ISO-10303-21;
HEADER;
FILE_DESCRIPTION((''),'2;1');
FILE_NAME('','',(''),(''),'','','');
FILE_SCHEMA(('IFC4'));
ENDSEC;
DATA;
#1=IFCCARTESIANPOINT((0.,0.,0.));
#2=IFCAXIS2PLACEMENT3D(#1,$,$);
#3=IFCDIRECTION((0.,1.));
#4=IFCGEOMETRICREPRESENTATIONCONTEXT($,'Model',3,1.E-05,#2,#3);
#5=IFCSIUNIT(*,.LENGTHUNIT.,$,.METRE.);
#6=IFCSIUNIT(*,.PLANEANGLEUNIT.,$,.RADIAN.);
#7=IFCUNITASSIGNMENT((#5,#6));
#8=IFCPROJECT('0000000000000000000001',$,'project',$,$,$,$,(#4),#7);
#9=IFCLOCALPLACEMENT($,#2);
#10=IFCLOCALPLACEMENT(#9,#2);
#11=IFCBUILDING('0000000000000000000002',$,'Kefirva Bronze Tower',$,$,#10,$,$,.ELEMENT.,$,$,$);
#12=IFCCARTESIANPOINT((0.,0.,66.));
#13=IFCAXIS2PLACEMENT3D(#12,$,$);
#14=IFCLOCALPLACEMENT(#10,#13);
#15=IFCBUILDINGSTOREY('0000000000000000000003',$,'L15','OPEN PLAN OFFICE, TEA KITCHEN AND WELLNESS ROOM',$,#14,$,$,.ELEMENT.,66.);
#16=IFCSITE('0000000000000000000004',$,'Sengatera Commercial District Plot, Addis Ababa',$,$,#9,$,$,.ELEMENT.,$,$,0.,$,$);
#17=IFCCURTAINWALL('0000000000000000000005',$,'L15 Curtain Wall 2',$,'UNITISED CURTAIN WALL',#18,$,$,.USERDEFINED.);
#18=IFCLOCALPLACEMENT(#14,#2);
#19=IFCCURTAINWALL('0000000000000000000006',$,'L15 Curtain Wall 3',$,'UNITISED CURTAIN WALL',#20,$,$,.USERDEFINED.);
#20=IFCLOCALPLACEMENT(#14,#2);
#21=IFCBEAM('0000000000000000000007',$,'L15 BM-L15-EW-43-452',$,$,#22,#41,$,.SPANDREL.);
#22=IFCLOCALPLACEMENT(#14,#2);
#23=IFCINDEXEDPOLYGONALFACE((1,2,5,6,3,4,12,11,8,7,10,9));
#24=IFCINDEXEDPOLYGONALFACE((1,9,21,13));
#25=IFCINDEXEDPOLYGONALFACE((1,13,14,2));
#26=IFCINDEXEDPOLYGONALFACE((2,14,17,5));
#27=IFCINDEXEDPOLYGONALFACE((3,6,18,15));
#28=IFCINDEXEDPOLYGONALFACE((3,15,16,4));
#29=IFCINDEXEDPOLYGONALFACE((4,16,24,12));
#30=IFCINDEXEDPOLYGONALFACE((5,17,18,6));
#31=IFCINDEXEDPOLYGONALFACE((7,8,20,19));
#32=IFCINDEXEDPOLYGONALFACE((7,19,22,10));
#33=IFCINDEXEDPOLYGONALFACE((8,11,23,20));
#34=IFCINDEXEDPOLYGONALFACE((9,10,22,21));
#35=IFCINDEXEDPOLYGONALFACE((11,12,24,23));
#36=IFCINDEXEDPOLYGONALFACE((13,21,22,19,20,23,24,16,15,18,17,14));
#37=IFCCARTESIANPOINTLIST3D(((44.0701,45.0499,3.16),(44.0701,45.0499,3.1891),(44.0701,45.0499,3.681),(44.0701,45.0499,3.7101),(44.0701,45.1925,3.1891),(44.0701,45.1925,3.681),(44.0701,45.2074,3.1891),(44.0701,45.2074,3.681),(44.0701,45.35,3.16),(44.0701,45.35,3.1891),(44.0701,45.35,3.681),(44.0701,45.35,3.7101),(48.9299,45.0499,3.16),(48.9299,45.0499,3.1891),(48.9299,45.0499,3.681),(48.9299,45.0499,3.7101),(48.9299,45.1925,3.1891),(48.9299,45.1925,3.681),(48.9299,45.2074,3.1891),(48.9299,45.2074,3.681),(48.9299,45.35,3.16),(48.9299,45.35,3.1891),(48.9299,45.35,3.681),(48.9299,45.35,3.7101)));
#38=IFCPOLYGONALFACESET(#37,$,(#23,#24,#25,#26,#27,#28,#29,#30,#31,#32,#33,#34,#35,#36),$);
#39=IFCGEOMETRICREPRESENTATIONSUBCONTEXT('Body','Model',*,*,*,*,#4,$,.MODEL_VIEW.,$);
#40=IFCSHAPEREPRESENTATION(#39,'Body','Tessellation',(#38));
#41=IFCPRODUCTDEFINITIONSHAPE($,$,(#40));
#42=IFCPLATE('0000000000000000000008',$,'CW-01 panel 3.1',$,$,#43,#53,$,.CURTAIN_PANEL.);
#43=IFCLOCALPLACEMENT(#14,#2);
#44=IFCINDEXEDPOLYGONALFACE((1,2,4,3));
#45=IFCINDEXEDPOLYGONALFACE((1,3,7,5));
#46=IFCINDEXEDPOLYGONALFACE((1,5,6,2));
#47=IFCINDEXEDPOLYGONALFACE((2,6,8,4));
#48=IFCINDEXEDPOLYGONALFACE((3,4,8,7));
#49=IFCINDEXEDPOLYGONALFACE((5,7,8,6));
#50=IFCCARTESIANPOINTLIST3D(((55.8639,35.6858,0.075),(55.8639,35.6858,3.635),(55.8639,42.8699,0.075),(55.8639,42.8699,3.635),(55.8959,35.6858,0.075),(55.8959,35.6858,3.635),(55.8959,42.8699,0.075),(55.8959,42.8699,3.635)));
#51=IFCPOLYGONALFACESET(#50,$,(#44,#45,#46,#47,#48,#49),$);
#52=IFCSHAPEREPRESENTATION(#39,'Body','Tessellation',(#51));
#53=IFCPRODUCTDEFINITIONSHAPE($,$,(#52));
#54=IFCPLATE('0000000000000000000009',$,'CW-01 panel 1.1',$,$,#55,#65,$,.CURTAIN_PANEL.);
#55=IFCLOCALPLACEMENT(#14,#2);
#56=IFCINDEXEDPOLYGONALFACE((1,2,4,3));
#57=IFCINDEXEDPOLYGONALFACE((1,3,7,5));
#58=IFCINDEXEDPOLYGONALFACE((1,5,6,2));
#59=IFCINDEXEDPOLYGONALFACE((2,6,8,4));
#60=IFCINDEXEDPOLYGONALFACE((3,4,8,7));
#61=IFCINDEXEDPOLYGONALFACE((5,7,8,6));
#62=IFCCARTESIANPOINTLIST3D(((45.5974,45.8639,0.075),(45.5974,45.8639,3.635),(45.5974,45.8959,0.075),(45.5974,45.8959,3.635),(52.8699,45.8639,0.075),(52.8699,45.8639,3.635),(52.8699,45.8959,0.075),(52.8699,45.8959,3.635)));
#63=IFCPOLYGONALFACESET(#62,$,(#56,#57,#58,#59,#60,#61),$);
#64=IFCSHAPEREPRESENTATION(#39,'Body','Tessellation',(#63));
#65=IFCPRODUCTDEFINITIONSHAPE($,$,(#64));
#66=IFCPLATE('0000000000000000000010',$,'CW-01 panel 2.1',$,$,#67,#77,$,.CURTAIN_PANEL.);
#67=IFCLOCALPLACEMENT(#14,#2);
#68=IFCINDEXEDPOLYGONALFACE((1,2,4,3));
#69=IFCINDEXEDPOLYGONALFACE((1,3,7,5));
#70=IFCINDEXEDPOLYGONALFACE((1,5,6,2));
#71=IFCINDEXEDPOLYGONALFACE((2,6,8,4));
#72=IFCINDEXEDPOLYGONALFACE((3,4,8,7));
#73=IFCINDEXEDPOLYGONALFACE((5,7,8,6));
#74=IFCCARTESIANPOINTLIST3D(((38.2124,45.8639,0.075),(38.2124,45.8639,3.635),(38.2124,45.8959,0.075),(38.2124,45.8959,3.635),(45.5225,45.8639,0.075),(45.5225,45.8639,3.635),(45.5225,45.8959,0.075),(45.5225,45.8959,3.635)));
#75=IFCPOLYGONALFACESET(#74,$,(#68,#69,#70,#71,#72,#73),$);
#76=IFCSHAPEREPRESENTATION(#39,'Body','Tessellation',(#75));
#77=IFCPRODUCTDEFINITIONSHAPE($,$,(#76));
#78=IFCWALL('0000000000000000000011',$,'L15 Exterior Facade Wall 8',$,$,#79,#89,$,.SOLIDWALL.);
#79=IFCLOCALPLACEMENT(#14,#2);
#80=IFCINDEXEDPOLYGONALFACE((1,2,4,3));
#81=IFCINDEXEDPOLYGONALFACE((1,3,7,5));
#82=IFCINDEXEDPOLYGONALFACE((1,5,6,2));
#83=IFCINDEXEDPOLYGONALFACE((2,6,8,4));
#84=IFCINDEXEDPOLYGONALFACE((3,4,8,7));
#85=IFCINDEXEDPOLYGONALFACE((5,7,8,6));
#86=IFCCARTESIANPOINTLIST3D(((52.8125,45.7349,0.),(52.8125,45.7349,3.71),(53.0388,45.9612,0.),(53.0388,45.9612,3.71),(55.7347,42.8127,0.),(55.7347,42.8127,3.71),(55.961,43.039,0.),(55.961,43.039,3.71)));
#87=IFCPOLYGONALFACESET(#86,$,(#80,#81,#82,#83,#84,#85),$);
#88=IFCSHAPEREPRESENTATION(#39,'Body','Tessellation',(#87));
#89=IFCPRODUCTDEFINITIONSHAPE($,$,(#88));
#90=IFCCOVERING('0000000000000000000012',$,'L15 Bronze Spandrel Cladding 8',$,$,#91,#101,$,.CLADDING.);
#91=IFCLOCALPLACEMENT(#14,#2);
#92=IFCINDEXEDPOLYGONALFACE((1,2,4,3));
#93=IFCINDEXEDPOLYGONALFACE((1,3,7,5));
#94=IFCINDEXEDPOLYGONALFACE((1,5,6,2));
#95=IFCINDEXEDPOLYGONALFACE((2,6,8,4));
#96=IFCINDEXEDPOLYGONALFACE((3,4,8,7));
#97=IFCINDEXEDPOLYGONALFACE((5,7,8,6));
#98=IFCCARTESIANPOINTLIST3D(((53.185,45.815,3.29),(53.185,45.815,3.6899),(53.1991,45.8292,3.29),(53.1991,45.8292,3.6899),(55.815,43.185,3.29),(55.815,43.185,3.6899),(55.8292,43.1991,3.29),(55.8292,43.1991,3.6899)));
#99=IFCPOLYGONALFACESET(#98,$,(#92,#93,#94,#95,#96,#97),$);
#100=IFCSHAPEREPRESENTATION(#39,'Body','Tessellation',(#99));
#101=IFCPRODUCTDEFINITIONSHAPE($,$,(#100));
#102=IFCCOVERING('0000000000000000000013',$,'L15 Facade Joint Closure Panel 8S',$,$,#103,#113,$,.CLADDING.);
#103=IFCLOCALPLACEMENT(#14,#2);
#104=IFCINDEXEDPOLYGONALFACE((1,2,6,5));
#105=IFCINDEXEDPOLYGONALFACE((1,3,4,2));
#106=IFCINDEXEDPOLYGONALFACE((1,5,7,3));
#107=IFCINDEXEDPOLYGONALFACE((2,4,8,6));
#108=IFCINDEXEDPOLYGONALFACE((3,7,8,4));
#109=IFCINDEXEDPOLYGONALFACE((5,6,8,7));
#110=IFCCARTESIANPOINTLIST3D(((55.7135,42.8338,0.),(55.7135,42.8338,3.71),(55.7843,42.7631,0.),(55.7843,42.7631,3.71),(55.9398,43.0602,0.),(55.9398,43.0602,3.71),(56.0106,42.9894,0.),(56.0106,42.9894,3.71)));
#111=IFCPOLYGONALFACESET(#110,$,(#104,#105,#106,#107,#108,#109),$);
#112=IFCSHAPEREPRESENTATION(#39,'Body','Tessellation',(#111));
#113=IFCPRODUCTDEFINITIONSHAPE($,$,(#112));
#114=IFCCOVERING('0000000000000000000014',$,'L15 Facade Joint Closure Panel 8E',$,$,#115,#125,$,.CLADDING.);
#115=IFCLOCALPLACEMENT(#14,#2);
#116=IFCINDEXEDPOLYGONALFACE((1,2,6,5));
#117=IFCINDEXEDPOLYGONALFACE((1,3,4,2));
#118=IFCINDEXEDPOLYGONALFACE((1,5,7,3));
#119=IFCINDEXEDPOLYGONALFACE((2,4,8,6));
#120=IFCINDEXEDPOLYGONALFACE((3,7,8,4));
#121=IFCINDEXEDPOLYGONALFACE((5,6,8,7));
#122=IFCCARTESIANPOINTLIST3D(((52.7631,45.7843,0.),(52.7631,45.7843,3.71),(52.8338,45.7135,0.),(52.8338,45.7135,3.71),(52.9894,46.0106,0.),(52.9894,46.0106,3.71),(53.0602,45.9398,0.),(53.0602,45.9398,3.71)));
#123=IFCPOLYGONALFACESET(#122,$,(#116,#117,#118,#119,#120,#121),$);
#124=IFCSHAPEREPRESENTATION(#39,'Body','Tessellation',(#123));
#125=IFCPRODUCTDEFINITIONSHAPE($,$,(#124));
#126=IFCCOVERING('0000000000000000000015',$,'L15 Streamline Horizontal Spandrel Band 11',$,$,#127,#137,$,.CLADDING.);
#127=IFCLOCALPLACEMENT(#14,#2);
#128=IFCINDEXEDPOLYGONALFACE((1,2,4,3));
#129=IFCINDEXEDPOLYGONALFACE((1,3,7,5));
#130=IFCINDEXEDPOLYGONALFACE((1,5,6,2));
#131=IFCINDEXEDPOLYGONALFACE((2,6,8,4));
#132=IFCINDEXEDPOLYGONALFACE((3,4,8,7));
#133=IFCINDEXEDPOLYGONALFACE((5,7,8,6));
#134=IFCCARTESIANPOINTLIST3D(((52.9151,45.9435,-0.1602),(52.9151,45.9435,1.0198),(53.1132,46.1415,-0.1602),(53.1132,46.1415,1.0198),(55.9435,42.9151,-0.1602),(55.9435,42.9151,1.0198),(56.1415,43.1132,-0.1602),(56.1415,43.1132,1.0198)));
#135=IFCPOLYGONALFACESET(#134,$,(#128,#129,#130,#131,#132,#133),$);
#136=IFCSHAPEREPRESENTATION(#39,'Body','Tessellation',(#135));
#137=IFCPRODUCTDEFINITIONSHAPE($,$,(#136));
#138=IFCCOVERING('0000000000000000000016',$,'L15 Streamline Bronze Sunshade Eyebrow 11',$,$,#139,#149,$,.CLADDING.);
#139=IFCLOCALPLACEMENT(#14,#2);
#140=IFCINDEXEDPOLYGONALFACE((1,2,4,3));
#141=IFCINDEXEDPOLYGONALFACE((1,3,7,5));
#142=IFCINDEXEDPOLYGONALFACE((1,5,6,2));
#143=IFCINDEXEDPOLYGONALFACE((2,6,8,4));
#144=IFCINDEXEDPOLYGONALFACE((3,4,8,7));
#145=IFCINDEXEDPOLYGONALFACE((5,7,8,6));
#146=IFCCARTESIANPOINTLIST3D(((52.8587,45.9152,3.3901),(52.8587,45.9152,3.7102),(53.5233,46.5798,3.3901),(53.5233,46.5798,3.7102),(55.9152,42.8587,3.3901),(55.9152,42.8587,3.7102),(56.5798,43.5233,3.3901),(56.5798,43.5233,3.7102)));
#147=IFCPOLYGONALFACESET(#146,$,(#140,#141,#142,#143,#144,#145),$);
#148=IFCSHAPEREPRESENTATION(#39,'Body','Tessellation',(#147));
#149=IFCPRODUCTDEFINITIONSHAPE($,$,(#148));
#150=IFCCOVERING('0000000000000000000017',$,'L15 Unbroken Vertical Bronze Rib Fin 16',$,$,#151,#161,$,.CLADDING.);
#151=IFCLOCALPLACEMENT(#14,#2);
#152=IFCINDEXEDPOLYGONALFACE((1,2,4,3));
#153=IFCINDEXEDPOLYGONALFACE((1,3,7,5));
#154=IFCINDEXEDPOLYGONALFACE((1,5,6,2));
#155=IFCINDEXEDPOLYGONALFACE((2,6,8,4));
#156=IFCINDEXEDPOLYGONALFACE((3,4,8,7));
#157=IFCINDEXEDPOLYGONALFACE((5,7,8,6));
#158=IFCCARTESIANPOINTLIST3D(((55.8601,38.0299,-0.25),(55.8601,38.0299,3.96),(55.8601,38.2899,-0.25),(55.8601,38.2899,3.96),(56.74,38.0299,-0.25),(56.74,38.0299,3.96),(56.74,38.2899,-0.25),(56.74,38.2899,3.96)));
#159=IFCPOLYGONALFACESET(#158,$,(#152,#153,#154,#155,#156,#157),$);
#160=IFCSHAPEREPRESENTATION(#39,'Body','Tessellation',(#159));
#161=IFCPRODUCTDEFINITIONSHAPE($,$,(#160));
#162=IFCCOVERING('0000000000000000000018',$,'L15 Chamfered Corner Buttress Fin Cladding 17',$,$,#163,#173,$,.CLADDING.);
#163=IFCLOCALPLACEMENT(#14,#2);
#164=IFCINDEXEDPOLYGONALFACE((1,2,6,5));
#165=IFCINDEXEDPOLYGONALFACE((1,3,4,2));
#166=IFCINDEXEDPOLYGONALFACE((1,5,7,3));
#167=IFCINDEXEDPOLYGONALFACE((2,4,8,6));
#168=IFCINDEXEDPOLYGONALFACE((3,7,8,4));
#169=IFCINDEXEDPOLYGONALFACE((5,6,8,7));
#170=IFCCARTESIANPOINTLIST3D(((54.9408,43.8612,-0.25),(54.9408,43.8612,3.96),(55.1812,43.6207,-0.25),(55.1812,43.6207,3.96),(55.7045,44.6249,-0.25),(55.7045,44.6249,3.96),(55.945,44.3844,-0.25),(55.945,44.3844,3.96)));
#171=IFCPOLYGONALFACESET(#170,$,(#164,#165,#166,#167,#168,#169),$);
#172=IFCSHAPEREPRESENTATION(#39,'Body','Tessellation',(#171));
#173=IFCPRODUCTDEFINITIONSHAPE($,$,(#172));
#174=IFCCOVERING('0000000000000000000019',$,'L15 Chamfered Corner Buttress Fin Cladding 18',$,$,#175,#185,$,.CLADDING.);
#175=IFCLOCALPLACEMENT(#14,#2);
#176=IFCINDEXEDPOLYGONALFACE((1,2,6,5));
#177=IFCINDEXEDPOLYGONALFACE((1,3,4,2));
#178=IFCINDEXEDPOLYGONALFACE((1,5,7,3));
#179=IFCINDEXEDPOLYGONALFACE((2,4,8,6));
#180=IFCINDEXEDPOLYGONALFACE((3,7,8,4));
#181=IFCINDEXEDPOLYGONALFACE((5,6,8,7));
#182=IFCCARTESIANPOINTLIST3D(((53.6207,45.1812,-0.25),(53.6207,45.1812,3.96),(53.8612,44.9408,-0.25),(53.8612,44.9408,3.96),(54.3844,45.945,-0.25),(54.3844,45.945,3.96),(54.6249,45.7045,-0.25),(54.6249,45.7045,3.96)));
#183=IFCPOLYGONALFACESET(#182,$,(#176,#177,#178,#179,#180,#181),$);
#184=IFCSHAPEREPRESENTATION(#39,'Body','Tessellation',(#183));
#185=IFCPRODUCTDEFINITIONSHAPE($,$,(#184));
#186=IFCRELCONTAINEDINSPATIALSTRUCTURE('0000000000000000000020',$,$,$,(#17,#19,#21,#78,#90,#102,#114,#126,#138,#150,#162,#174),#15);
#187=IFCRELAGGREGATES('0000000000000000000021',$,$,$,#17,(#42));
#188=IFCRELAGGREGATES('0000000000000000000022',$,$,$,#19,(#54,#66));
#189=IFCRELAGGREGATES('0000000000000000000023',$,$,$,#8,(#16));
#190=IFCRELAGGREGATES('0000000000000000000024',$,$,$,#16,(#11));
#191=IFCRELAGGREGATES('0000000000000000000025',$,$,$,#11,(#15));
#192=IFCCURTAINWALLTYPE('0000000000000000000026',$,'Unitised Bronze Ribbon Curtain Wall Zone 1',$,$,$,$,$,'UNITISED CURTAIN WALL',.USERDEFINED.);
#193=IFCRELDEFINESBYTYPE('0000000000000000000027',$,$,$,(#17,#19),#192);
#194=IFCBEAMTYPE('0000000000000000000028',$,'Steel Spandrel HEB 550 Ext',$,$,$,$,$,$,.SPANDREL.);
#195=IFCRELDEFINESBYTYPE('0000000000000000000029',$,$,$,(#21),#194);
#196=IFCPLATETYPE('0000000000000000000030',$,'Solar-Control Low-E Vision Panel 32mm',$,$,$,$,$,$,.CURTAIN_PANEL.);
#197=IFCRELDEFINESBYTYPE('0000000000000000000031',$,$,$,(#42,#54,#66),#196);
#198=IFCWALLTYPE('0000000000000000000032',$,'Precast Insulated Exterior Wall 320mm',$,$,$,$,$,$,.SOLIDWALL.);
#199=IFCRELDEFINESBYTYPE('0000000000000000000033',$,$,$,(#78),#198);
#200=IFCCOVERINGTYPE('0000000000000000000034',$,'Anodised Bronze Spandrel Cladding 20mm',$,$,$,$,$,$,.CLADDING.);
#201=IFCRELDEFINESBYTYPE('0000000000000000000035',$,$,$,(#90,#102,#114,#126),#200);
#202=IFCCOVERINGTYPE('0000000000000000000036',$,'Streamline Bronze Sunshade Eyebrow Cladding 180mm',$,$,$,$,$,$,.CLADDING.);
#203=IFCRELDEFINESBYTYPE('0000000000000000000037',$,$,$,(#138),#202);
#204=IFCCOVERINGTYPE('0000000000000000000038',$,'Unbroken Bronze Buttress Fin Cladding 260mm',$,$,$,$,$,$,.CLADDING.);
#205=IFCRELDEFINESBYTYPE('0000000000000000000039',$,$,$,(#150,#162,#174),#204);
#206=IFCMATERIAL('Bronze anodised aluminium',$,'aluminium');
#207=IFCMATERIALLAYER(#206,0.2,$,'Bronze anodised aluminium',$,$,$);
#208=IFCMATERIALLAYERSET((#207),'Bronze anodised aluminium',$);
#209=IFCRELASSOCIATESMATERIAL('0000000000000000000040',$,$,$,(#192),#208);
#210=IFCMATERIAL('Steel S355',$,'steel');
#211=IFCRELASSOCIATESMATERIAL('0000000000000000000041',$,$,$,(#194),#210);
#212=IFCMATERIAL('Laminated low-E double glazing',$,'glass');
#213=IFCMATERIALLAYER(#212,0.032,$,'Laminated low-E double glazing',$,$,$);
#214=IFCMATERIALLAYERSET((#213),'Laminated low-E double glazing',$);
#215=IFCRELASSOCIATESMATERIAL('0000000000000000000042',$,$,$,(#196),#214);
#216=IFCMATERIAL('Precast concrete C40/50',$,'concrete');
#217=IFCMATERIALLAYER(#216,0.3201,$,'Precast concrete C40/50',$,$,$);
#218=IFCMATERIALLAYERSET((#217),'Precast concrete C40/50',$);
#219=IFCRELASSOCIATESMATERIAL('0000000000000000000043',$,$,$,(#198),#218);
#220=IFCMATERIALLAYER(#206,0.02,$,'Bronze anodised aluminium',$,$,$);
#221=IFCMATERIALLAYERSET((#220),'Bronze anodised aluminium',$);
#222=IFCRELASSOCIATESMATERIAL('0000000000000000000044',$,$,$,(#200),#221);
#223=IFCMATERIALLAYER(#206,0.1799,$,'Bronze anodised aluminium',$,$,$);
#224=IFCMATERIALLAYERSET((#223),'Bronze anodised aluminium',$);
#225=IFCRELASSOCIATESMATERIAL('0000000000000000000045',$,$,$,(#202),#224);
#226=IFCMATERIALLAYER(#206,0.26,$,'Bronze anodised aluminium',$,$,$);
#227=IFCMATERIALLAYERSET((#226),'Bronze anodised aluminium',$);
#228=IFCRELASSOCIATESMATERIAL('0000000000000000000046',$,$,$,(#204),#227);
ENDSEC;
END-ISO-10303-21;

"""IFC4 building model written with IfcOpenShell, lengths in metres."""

from ifc_helpers import new_model, si_unit, direction, frame, frame_2d, origin, origin_2d, place, context, subcontext, project, spatial, rectangle, i_section, extrude, material, layer, layer_set, material_profile, profile_set, type_object, element, aggregate, save


model = new_model("IFC4")

# Units and contexts
model_context = context("Model", 3, precision=1e-05, world=origin(), true_north=direction((0.0, 1.0)))
body_context = subcontext(model_context, "Body", "Model", "MODEL_VIEW")
ifc_project = project(units=[si_unit("LENGTHUNIT", "METRE"), si_unit("PLANEANGLEUNIT", "RADIAN")], contexts=[model_context])

# Site, building, storey
site_placement = place(None, origin())
site = spatial("IfcSite", under=ifc_project, at=site_placement, Name="Sengatera Commercial District Plot, Addis Ababa", CompositionType="ELEMENT", RefElevation=0.0)
building_placement = place(site_placement, origin())
building = spatial("IfcBuilding", under=site, at=building_placement, Name="Kefirva Bronze Tower", CompositionType="ELEMENT")
storey_placement = place(building_placement, frame((0.0, 0.0, 66.0)))
storey = spatial("IfcBuildingStorey", under=building, at=storey_placement, Name="L15", Description="OPEN PLAN OFFICE, TEA KITCHEN AND WELLNESS ROOM", CompositionType="ELEMENT", Elevation=66.0)

# Curtain wall
ifc_material_1 = material(Name="Bronze anodised aluminium", Category="aluminium")
ifc_layer_1 = layer(ifc_material_1, 0.2, Name="Bronze anodised aluminium")
ifc_layer_set_1 = layer_set([ifc_layer_1], Name="Bronze anodised aluminium")
curtain_wall_type = type_object("IfcCurtainWallType", Name="Unitised Bronze Ribbon Curtain Wall Zone 1", ElementType="UNITISED CURTAIN WALL", PredefinedType="USERDEFINED", material=ifc_layer_set_1)
curtain_wall_1_placement = place(storey_placement, origin())
curtain_wall_1 = element("IfcCurtainWall", 1, at=curtain_wall_1_placement, inside=storey, type_object=curtain_wall_type, Name="L15 Curtain Wall 2", ObjectType="UNITISED CURTAIN WALL", PredefinedType="USERDEFINED")

# Curtain wall
curtain_wall_2_placement = place(storey_placement, origin())
curtain_wall_2 = element("IfcCurtainWall", 2, at=curtain_wall_2_placement, inside=storey, type_object=curtain_wall_type, Name="L15 Curtain Wall 3", ObjectType="UNITISED CURTAIN WALL", PredefinedType="USERDEFINED")

# Beam
ifc_material_2 = material(Name="Steel S355", Category="steel")
ifc_material_profile_1 = material_profile(ifc_material_2, i_section(OverallWidth=0.3, OverallDepth=0.55, WebThickness=0.0149, FlangeThickness=0.0291, at=origin_2d()), Name="HEB 550")
ifc_profile_set_1 = profile_set([ifc_material_profile_1], Name="Steel S355")
beam_type_1 = type_object("IfcBeamType", Name="Steel Spandrel HEB 550 Ext", PredefinedType="SPANDREL", material=ifc_profile_set_1)
beam_1_placement = place(storey_placement, frame((44.0701, 45.2, 3.4351), z_axis=(1.0, 0.0, 0.0), x_axis=(0.0, 1.0, 0.0)))
element("IfcBeam", 3, at=beam_1_placement, inside=storey, type_object=beam_type_1, Name="L15 BM-L15-EW-43-452", PredefinedType="SPANDREL", context=body_context, shape_type="SweptSolid", body=[
    extrude(i_section(OverallWidth=0.3, OverallDepth=0.55, WebThickness=0.0149, FlangeThickness=0.0291, at=origin_2d()), origin(), (0.0, 0.0, 1.0), 4.8599),
])

# Plates
ifc_material_3 = material(Name="Laminated low-E double glazing", Category="glass")
ifc_layer_2 = layer(ifc_material_3, 0.032, Name="Laminated low-E double glazing")
ifc_layer_set_2 = layer_set([ifc_layer_2], Name="Laminated low-E double glazing")
plate_type = type_object("IfcPlateType", Name="Solar-Control Low-E Vision Panel 32mm", PredefinedType="CURTAIN_PANEL", material=ifc_layer_set_2)
plate_1_placement = place(storey_placement, frame((55.8799, 39.2778, 0.075), z_axis=(0.0, 0.0, 1.0), x_axis=(0.0, 1.0, 0.0)))
plate_1 = element("IfcPlate", 4, at=plate_1_placement, type_object=plate_type, Name="CW-01 panel 3.1", PredefinedType="CURTAIN_PANEL", context=body_context, shape_type="SweptSolid", body=[
    extrude(rectangle(XDim=7.1841, YDim=0.032, at=origin_2d()), origin(), (0.0, 0.0, 1.0), 3.5601),
])
aggregate(curtain_wall_1, [plate_1])
plate_2_placement = place(storey_placement, frame((49.2336, 45.8799, 0.075), z_axis=(0.0, 0.0, 1.0), x_axis=(-1.0, 0.0, 0.0)))
plate_2 = element("IfcPlate", 5, at=plate_2_placement, type_object=plate_type, Name="CW-01 panel 1.1", PredefinedType="CURTAIN_PANEL", context=body_context, shape_type="SweptSolid", body=[
    extrude(rectangle(XDim=7.2725, YDim=0.032, at=origin_2d()), origin(), (0.0, 0.0, 1.0), 3.5601),
])
plate_3_placement = place(storey_placement, frame((41.8674, 45.8799, 0.075), z_axis=(0.0, 0.0, 1.0), x_axis=(-1.0, 0.0, 0.0)))
plate_3 = element("IfcPlate", 6, at=plate_3_placement, type_object=plate_type, Name="CW-01 panel 2.1", PredefinedType="CURTAIN_PANEL", context=body_context, shape_type="SweptSolid", body=[
    extrude(rectangle(XDim=7.3101, YDim=0.032, at=origin_2d()), origin(), (0.0, 0.0, 1.0), 3.5601),
])
aggregate(curtain_wall_2, [plate_2, plate_3])

# Wall
ifc_material_4 = material(Name="Precast concrete C40/50", Category="concrete")
ifc_layer_3 = layer(ifc_material_4, 0.3201, Name="Precast concrete C40/50")
ifc_layer_set_3 = layer_set([ifc_layer_3], Name="Precast concrete C40/50")
wall_type = type_object("IfcWallType", Name="Precast Insulated Exterior Wall 320mm", PredefinedType="SOLIDWALL", material=ifc_layer_set_3)
wall_placement = place(storey_placement, frame((55.8479, 42.9258, 0.0), z_axis=(0.0, 0.0, 1.0), x_axis=(-0.707107, 0.707107, 0.0)))
element("IfcWall", 7, at=wall_placement, inside=storey, type_object=wall_type, Name="L15 Exterior Facade Wall 8", PredefinedType="SOLIDWALL", context=body_context, shape_type="SweptSolid", body=[
    extrude(rectangle(XDim=4.1326, YDim=0.3201, at=frame_2d((2.0664, 0.0))), origin(), (0.0, 0.0, 1.0), 3.71),
])

# Coverings
ifc_layer_4 = layer(ifc_material_1, 0.02, Name="Bronze anodised aluminium")
ifc_layer_set_4 = layer_set([ifc_layer_4], Name="Bronze anodised aluminium")
covering_type_1 = type_object("IfcCoveringType", Name="Anodised Bronze Spandrel Cladding 20mm", PredefinedType="CLADDING", material=ifc_layer_set_4)
covering_1_placement = place(storey_placement, frame((54.5071, 44.5071, 3.29), z_axis=(0.0, 0.0, 1.0), x_axis=(-0.707107, 0.707107, 0.0)))
element("IfcCovering", 8, at=covering_1_placement, inside=storey, type_object=covering_type_1, Name="L15 Bronze Spandrel Cladding 8", PredefinedType="CLADDING", context=body_context, shape_type="SweptSolid", body=[
    extrude(rectangle(XDim=3.7195, YDim=0.02, at=origin_2d()), origin(), (0.0, 0.0, 1.0), 0.3999),
])
for number, where, z_axis, x_axis, name in (
    (9, (55.8621, 42.9116, 0.0), (0.0, 0.0, 1.0), (-0.707107, 0.707107, 0.0), "L15 Facade Joint Closure Panel 8S"),
    (10, (52.9116, 45.8621, 0.0), (0.0, 0.0, 1.0), (-0.707107, 0.707107, 0.0), "L15 Facade Joint Closure Panel 8E"),
):
    element("IfcCovering", number, at=place(storey_placement, frame(where, z_axis=z_axis, x_axis=x_axis)), inside=storey, type_object=covering_type_1, Name=name, PredefinedType="CLADDING", context=body_context, shape_type="SweptSolid", body=[
        extrude(rectangle(XDim=0.1001, YDim=0.3201, at=origin_2d()), origin(), (0.0, 0.0, 1.0), 3.71),
    ])
covering_2_placement = place(storey_placement, frame((54.5283, 44.5283, -0.1602), z_axis=(0.0, 0.0, 1.0), x_axis=(-0.707107, 0.707107, 0.0)))
element("IfcCovering", 11, at=covering_2_placement, inside=storey, type_object=covering_type_1, Name="L15 Streamline Horizontal Spandrel Band 11", PredefinedType="CLADDING", context=body_context, shape_type="SweptSolid", body=[
    extrude(rectangle(XDim=4.2827, YDim=0.28, at=origin_2d()), origin(), (0.0, 0.0, 1.0), 1.1799),
])
ifc_layer_5 = layer(ifc_material_1, 0.1799, Name="Bronze anodised aluminium")
ifc_layer_set_5 = layer_set([ifc_layer_5], Name="Bronze anodised aluminium")
covering_type_2 = type_object("IfcCoveringType", Name="Streamline Bronze Sunshade Eyebrow Cladding 180mm", PredefinedType="CLADDING", material=ifc_layer_set_5)
covering_3_placement = place(storey_placement, frame((54.7192, 44.7192, 3.3901), z_axis=(0.0, 0.0, 1.0), x_axis=(-0.707107, 0.707107, 0.0)))
element("IfcCovering", 12, at=covering_3_placement, inside=storey, type_object=covering_type_2, Name="L15 Streamline Bronze Sunshade Eyebrow 11", PredefinedType="CLADDING", context=body_context, shape_type="SweptSolid", body=[
    extrude(rectangle(XDim=4.3225, YDim=0.9399, at=origin_2d()), origin(), (0.0, 0.0, 1.0), 0.3201),
])
ifc_layer_6 = layer(ifc_material_1, 0.26, Name="Bronze anodised aluminium")
ifc_layer_set_6 = layer_set([ifc_layer_6], Name="Bronze anodised aluminium")
covering_type_3 = type_object("IfcCoveringType", Name="Unbroken Bronze Buttress Fin Cladding 260mm", PredefinedType="CLADDING", material=ifc_layer_set_6)
covering_4_placement = place(storey_placement, frame((56.3, 38.1599, -0.25), z_axis=(0.0, 0.0, 1.0), x_axis=(0.0, 1.0, 0.0)))
element("IfcCovering", 13, at=covering_4_placement, inside=storey, type_object=covering_type_3, Name="L15 Unbroken Vertical Bronze Rib Fin 16", PredefinedType="CLADDING", context=body_context, shape_type="SweptSolid", body=[
    extrude(rectangle(XDim=0.26, YDim=0.8799, at=origin_2d()), origin(), (0.0, 0.0, 1.0), 4.21),
])
for number, where, z_axis, x_axis, name in (
    (14, (55.4429, 44.1228, -0.25), (0.0, 0.0, 1.0), (-0.707107, 0.707107, 0.0), "L15 Chamfered Corner Buttress Fin Cladding 17"),
    (15, (54.1228, 45.4429, -0.25), (0.0, 0.0, 1.0), (-0.707107, 0.707107, 0.0), "L15 Chamfered Corner Buttress Fin Cladding 18"),
):
    element("IfcCovering", number, at=place(storey_placement, frame(where, z_axis=z_axis, x_axis=x_axis)), inside=storey, type_object=covering_type_3, Name=name, PredefinedType="CLADDING", context=body_context, shape_type="SweptSolid", body=[
        extrude(rectangle(XDim=0.3401, YDim=1.0801, at=origin_2d()), origin(), (0.0, 0.0, 1.0), 4.21),
    ])

save(model, "model.ifc")
